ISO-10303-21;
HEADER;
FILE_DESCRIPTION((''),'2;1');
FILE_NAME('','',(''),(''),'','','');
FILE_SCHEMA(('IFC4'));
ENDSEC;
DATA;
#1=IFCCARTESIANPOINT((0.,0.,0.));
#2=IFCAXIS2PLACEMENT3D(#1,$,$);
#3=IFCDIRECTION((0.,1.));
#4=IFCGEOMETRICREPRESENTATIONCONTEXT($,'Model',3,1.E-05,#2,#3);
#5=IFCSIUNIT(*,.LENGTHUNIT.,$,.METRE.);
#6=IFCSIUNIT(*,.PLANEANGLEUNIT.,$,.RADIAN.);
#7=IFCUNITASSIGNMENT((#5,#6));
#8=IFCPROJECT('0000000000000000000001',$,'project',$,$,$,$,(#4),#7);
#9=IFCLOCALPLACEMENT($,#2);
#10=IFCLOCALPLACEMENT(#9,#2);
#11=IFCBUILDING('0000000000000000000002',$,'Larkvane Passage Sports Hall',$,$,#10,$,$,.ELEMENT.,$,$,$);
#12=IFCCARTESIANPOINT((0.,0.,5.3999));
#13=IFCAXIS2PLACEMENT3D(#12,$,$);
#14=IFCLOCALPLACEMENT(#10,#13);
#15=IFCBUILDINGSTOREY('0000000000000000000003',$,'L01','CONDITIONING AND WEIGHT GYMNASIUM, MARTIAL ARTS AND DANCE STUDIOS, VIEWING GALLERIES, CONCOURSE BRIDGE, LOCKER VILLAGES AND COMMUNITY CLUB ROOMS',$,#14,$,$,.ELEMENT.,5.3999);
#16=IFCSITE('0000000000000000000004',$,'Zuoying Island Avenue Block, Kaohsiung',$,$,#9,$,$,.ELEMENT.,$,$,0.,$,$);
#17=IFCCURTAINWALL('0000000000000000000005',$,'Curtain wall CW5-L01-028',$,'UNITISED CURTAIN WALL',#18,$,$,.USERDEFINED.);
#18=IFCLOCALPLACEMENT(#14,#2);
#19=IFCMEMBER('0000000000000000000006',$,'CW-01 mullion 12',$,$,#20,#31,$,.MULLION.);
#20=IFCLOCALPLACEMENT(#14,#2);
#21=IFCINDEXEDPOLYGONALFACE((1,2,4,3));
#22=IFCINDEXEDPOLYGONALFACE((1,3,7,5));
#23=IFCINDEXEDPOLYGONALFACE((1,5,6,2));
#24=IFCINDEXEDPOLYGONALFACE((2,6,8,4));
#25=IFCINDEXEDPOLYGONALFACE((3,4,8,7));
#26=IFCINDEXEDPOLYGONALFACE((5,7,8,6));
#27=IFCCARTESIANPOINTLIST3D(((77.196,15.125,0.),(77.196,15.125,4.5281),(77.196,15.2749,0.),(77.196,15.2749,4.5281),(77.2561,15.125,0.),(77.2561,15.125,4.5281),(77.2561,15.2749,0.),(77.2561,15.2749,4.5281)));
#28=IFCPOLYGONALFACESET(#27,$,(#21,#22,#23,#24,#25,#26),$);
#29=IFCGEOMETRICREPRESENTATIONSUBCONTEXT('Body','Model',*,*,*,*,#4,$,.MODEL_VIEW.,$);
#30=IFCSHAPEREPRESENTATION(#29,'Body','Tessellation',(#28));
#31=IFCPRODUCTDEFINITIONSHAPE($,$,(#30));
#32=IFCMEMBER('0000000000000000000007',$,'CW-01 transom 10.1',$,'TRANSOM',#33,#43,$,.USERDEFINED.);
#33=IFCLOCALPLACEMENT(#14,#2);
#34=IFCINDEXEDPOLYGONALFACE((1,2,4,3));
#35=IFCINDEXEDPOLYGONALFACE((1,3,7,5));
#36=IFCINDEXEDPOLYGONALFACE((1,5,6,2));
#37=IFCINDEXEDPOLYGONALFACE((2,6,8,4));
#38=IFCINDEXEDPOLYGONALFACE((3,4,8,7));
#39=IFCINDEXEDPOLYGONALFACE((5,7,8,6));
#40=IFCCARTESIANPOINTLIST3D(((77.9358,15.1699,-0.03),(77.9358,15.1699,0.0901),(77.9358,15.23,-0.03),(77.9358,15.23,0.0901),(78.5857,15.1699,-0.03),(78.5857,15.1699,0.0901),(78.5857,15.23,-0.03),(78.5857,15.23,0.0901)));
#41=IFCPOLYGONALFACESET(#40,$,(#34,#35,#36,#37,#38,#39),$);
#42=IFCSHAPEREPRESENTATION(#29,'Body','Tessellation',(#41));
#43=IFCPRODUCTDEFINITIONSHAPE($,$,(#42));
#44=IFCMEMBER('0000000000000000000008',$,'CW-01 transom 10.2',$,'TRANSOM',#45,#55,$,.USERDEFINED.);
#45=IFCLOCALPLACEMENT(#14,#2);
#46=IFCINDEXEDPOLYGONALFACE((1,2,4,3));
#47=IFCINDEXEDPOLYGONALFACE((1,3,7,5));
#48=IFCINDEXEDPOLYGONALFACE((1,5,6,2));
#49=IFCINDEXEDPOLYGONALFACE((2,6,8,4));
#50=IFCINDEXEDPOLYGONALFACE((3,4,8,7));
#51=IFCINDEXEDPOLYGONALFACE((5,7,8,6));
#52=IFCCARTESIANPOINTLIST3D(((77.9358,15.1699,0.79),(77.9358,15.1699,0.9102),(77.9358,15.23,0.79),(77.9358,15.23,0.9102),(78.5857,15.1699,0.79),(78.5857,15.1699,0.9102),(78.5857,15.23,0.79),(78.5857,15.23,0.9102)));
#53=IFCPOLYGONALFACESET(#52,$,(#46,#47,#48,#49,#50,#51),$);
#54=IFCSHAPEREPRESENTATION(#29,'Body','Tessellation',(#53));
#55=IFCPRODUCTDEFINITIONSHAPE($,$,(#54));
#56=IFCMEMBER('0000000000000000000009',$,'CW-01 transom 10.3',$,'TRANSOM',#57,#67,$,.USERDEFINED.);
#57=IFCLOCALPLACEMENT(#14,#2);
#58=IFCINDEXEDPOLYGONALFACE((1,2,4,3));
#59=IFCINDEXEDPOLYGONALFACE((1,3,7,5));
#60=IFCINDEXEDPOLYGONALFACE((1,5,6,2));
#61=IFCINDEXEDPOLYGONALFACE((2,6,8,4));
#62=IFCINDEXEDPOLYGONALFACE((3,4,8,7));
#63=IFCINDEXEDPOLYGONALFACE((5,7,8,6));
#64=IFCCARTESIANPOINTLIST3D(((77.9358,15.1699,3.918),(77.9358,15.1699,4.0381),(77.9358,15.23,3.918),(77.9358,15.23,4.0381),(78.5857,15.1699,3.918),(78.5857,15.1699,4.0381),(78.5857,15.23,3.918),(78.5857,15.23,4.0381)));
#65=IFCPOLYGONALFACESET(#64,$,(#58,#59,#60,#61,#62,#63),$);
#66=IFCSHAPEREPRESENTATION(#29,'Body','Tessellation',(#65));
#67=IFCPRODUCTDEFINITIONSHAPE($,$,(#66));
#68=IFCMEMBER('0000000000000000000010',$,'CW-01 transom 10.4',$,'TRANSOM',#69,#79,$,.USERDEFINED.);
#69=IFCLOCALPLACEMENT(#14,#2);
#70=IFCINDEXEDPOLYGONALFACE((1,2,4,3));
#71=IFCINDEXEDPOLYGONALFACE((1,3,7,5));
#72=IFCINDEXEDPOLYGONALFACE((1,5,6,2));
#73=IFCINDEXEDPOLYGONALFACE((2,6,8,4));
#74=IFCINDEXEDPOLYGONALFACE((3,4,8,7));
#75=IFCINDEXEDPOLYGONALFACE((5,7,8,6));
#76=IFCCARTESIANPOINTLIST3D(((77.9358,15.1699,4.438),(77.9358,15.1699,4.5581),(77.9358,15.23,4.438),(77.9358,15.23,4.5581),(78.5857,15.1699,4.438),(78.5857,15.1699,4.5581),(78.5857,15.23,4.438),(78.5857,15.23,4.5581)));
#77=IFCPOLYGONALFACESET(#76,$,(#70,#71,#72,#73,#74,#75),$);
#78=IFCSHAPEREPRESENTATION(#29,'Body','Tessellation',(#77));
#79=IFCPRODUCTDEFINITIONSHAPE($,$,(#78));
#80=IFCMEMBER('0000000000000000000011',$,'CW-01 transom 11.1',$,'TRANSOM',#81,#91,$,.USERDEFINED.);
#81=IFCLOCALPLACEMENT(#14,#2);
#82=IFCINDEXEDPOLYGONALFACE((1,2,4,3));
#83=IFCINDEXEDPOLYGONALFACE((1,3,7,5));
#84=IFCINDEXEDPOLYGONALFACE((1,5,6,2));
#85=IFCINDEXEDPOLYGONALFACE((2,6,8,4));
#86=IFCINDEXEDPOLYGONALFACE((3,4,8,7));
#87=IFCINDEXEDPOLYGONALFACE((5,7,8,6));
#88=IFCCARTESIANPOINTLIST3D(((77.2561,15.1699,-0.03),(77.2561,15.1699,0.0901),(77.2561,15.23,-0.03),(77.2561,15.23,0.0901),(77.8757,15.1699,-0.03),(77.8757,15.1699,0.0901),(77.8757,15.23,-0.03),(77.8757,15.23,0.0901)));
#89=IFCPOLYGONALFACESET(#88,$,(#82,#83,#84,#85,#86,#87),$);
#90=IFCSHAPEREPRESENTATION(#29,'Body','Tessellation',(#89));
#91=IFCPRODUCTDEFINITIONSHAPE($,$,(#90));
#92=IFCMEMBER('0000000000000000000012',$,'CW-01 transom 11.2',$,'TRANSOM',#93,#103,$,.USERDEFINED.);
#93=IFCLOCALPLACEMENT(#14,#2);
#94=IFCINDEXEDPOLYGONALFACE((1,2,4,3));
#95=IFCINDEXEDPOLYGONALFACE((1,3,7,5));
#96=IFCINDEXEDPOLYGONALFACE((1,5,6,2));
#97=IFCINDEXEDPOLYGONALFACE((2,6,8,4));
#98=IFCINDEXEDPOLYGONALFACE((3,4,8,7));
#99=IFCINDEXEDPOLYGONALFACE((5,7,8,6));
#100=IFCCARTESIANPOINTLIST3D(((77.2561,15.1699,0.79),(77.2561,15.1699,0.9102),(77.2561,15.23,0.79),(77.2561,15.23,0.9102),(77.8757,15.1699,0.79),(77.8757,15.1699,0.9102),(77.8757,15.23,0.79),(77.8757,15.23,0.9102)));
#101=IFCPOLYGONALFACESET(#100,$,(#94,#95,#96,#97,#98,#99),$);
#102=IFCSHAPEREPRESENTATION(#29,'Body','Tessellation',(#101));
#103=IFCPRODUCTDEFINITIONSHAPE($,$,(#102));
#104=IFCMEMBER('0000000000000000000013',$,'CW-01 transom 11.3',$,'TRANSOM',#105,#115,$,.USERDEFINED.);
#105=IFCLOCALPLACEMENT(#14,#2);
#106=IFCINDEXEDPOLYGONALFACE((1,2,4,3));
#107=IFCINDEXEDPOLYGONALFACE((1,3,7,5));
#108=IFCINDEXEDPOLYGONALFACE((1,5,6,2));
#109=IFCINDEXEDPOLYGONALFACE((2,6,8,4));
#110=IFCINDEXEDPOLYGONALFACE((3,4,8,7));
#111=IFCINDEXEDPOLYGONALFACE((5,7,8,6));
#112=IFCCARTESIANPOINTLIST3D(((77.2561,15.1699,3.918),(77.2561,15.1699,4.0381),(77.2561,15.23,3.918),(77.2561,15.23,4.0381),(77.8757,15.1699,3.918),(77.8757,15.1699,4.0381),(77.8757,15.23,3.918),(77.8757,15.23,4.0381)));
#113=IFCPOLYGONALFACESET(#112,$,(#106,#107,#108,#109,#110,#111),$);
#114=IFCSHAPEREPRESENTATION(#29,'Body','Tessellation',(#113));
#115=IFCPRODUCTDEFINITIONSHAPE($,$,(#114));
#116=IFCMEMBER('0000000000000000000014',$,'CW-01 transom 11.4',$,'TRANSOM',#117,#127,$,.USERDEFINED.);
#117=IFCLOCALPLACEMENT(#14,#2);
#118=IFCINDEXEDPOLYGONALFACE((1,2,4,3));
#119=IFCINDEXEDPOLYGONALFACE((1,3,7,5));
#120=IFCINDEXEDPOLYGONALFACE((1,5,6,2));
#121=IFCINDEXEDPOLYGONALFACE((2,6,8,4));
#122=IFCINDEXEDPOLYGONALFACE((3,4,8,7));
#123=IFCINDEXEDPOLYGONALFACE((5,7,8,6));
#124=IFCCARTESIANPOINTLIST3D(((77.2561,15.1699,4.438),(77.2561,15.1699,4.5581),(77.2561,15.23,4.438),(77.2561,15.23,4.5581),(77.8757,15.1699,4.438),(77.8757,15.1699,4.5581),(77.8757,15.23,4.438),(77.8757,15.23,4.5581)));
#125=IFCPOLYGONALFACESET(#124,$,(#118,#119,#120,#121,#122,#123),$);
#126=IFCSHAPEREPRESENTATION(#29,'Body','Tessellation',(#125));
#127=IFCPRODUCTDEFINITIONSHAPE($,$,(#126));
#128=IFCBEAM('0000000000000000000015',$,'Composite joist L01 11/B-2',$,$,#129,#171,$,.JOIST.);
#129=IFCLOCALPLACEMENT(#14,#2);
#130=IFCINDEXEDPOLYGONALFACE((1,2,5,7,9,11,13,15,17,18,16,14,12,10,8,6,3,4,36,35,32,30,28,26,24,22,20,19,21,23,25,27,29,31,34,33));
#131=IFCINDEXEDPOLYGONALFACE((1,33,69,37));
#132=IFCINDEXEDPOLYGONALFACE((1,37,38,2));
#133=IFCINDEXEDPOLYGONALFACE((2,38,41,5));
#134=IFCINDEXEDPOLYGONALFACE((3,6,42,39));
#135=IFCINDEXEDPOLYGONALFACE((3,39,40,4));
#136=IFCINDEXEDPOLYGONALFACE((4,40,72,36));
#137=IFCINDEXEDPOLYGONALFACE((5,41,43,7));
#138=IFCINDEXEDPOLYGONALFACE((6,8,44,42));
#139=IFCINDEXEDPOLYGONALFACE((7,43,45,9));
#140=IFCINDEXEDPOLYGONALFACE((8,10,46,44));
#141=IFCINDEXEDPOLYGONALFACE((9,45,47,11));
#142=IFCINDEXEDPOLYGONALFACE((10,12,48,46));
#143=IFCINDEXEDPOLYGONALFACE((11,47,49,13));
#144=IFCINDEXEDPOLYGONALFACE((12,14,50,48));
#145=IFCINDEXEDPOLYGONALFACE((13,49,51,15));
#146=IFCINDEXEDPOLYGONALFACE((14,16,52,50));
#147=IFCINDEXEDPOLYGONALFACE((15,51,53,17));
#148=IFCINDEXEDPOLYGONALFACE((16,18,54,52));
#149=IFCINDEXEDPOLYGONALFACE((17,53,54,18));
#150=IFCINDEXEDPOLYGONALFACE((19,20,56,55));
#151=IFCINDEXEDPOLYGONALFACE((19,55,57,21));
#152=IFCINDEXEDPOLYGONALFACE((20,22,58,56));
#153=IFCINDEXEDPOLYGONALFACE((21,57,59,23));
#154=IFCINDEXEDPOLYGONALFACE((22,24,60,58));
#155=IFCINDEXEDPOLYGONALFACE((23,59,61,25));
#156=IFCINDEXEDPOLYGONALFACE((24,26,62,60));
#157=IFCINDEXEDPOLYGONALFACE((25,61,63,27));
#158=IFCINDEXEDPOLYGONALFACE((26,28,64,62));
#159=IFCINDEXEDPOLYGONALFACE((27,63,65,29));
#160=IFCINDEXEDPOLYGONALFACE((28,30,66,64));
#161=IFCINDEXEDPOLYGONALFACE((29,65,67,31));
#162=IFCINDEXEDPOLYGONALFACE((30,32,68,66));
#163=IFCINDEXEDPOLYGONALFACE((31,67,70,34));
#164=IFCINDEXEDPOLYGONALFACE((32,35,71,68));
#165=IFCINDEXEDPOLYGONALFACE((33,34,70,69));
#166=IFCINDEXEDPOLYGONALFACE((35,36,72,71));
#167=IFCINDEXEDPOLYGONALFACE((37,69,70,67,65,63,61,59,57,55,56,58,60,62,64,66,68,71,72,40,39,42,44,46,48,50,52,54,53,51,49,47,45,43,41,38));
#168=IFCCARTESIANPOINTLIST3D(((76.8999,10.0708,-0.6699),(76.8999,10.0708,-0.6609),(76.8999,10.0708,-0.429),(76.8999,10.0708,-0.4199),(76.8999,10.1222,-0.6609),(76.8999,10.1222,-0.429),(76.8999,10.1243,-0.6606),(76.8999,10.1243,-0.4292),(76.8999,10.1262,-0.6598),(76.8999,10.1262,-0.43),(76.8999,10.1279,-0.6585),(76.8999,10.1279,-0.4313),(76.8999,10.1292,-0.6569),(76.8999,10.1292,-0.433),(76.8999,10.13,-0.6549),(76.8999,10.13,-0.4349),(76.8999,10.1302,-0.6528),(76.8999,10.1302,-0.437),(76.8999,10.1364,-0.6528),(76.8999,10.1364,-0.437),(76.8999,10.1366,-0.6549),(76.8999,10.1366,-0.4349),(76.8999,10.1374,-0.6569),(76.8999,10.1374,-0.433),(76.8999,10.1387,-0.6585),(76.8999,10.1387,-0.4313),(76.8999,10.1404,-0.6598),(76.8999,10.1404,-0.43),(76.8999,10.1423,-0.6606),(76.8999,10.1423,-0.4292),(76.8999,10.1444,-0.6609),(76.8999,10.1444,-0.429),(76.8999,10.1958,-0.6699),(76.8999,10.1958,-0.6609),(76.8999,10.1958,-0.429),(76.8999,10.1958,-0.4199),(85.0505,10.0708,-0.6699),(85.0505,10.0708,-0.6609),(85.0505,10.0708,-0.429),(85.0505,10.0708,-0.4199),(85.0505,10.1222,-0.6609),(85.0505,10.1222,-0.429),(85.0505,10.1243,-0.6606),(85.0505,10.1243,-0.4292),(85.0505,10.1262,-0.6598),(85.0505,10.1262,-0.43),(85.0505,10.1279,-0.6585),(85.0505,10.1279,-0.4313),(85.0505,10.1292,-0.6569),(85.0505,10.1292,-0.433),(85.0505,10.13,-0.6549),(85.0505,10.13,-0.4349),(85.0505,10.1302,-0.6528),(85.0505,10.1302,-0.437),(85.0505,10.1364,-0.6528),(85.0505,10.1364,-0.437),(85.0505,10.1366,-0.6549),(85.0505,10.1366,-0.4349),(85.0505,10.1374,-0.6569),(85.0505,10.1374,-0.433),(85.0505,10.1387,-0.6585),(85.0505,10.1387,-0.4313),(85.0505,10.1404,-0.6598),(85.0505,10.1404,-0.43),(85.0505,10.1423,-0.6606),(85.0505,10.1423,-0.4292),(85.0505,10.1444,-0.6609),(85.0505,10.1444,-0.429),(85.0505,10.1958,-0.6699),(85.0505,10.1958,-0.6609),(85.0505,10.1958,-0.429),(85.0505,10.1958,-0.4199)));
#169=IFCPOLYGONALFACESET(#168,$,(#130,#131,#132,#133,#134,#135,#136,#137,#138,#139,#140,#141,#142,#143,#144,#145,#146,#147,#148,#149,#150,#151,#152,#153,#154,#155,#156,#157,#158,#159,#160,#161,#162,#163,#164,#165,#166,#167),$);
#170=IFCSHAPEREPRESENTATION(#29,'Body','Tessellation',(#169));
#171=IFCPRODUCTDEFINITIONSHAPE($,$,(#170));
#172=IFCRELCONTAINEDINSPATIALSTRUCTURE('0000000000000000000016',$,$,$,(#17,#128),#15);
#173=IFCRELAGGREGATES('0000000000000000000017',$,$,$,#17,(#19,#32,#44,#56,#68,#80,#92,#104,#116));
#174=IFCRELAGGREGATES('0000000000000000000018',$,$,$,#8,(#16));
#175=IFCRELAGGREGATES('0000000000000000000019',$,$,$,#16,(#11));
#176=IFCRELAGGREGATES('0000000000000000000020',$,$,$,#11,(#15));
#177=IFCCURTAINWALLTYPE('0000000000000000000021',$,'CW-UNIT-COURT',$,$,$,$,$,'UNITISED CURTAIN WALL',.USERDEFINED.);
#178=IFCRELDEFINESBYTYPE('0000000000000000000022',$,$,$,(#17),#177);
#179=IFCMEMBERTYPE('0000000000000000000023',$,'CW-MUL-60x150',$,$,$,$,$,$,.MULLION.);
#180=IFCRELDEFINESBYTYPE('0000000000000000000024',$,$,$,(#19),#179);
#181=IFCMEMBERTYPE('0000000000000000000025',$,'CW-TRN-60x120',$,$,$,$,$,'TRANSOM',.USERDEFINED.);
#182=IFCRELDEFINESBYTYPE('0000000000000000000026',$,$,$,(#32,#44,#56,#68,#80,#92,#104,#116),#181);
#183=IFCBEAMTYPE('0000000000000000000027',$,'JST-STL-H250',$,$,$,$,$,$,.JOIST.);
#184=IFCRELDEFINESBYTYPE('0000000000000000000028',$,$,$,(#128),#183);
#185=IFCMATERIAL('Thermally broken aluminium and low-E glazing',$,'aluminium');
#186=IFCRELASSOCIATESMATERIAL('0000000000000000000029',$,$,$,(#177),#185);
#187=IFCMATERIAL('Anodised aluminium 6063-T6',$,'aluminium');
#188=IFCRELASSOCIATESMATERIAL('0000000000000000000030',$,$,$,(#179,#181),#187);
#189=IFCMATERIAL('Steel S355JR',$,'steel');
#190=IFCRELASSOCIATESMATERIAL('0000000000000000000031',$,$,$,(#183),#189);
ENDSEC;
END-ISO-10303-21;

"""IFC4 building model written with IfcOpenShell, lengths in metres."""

from ifc_helpers import new_model, si_unit, direction, frame, origin, origin_2d, place, context, subcontext, project, spatial, rectangle, i_section, extrude, material, material_profile, profile_set, type_object, element, aggregate, save


model = new_model("IFC4")

# Units and contexts
model_context = context("Model", 3, precision=1e-05, world=origin(), true_north=direction((0.0, 1.0)))
body_context = subcontext(model_context, "Body", "Model", "MODEL_VIEW")
ifc_project = project(units=[si_unit("LENGTHUNIT", "METRE"), si_unit("PLANEANGLEUNIT", "RADIAN")], contexts=[model_context])

# Site, building, storey
site_placement = place(None, origin())
site = spatial("IfcSite", under=ifc_project, at=site_placement, Name="Zuoying Island Avenue Block, Kaohsiung", CompositionType="ELEMENT", RefElevation=0.0)
building_placement = place(site_placement, origin())
building = spatial("IfcBuilding", under=site, at=building_placement, Name="Larkvane Passage Sports Hall", CompositionType="ELEMENT")
storey_placement = place(building_placement, frame((0.0, 0.0, 5.3999)))
storey = spatial("IfcBuildingStorey", under=building, at=storey_placement, Name="L01", Description="CONDITIONING AND WEIGHT GYMNASIUM, MARTIAL ARTS AND DANCE STUDIOS, VIEWING GALLERIES, CONCOURSE BRIDGE, LOCKER VILLAGES AND COMMUNITY CLUB ROOMS", CompositionType="ELEMENT", Elevation=5.3999)

# Curtain wall, members
ifc_material_1 = material(Name="Thermally broken aluminium and low-E glazing", Category="aluminium")
curtain_wall_type = type_object("IfcCurtainWallType", Name="CW-UNIT-COURT", ElementType="UNITISED CURTAIN WALL", PredefinedType="USERDEFINED", material=ifc_material_1)
curtain_wall_placement = place(storey_placement, origin())
curtain_wall = element("IfcCurtainWall", 1, at=curtain_wall_placement, inside=storey, type_object=curtain_wall_type, Name="Curtain wall CW5-L01-028", ObjectType="UNITISED CURTAIN WALL", PredefinedType="USERDEFINED")
ifc_material_2 = material(Name="Anodised aluminium 6063-T6", Category="aluminium")
ifc_material_profile_1 = material_profile(ifc_material_2, rectangle(XDim=0.0601, YDim=0.1499, at=origin_2d()), Name="ALU-MUL-60x150")
ifc_profile_set_1 = profile_set([ifc_material_profile_1], Name="Anodised aluminium 6063-T6")
member_type_1 = type_object("IfcMemberType", Name="CW-MUL-60x150", PredefinedType="MULLION", material=ifc_profile_set_1)
member_1_placement = place(storey_placement, frame((77.2261, 15.2, 0.0), z_axis=(0.0, 0.0, 1.0), x_axis=(-1.0, 0.0, 0.0)))
member_1 = element("IfcMember", 2, at=member_1_placement, type_object=member_type_1, Name="CW-01 mullion 12", PredefinedType="MULLION", context=body_context, shape_type="SweptSolid", body=[
    extrude(rectangle(XDim=0.0601, YDim=0.1499, at=origin_2d()), origin(), (0.0, 0.0, 1.0), 4.5281),
])
ifc_material_profile_2 = material_profile(ifc_material_2, rectangle(XDim=0.0601, YDim=0.1201, at=origin_2d()), Name="ALU-TRN-60x120")
ifc_profile_set_2 = profile_set([ifc_material_profile_2], Name="Anodised aluminium 6063-T6")
member_type_2 = type_object("IfcMemberType", Name="CW-TRN-60x120", ElementType="TRANSOM", PredefinedType="USERDEFINED", material=ifc_profile_set_2)
member_2_placement = place(storey_placement, frame((78.5857, 15.2, 0.03), z_axis=(-1.0, 0.0, 0.0), x_axis=(0.0, -1.0, 0.0)))
member_2 = element("IfcMember", 3, at=member_2_placement, type_object=member_type_2, Name="CW-01 transom 10.1", ObjectType="TRANSOM", PredefinedType="USERDEFINED", context=body_context, shape_type="SweptSolid", body=[
    extrude(rectangle(XDim=0.0601, YDim=0.1201, at=origin_2d()), origin(), (0.0, 0.0, 1.0), 0.6499),
])
member_3_placement = place(storey_placement, frame((78.5857, 15.2, 0.8501), z_axis=(-1.0, 0.0, 0.0), x_axis=(0.0, -1.0, 0.0)))
member_3 = element("IfcMember", 4, at=member_3_placement, type_object=member_type_2, Name="CW-01 transom 10.2", ObjectType="TRANSOM", PredefinedType="USERDEFINED", context=body_context, shape_type="SweptSolid", body=[
    extrude(rectangle(XDim=0.0601, YDim=0.1201, at=origin_2d()), origin(), (0.0, 0.0, 1.0), 0.6499),
])
member_4_placement = place(storey_placement, frame((78.5857, 15.2, 3.978), z_axis=(-1.0, 0.0, 0.0), x_axis=(0.0, -1.0, 0.0)))
member_4 = element("IfcMember", 5, at=member_4_placement, type_object=member_type_2, Name="CW-01 transom 10.3", ObjectType="TRANSOM", PredefinedType="USERDEFINED", context=body_context, shape_type="SweptSolid", body=[
    extrude(rectangle(XDim=0.0601, YDim=0.1201, at=origin_2d()), origin(), (0.0, 0.0, 1.0), 0.6499),
])
member_5_placement = place(storey_placement, frame((78.5857, 15.2, 4.498), z_axis=(-1.0, 0.0, 0.0), x_axis=(0.0, -1.0, 0.0)))
member_5 = element("IfcMember", 6, at=member_5_placement, type_object=member_type_2, Name="CW-01 transom 10.4", ObjectType="TRANSOM", PredefinedType="USERDEFINED", context=body_context, shape_type="SweptSolid", body=[
    extrude(rectangle(XDim=0.0601, YDim=0.1201, at=origin_2d()), origin(), (0.0, 0.0, 1.0), 0.6499),
])
member_6_placement = place(storey_placement, frame((77.8757, 15.2, 0.03), z_axis=(-1.0, 0.0, 0.0), x_axis=(0.0, -1.0, 0.0)))
member_6 = element("IfcMember", 7, at=member_6_placement, type_object=member_type_2, Name="CW-01 transom 11.1", ObjectType="TRANSOM", PredefinedType="USERDEFINED", context=body_context, shape_type="SweptSolid", body=[
    extrude(rectangle(XDim=0.0601, YDim=0.1201, at=origin_2d()), origin(), (0.0, 0.0, 1.0), 0.6196),
])
member_7_placement = place(storey_placement, frame((77.8757, 15.2, 0.8501), z_axis=(-1.0, 0.0, 0.0), x_axis=(0.0, -1.0, 0.0)))
member_7 = element("IfcMember", 8, at=member_7_placement, type_object=member_type_2, Name="CW-01 transom 11.2", ObjectType="TRANSOM", PredefinedType="USERDEFINED", context=body_context, shape_type="SweptSolid", body=[
    extrude(rectangle(XDim=0.0601, YDim=0.1201, at=origin_2d()), origin(), (0.0, 0.0, 1.0), 0.6196),
])
member_8_placement = place(storey_placement, frame((77.8757, 15.2, 3.978), z_axis=(-1.0, 0.0, 0.0), x_axis=(0.0, -1.0, 0.0)))
member_8 = element("IfcMember", 9, at=member_8_placement, type_object=member_type_2, Name="CW-01 transom 11.3", ObjectType="TRANSOM", PredefinedType="USERDEFINED", context=body_context, shape_type="SweptSolid", body=[
    extrude(rectangle(XDim=0.0601, YDim=0.1201, at=origin_2d()), origin(), (0.0, 0.0, 1.0), 0.6196),
])
member_9_placement = place(storey_placement, frame((77.8757, 15.2, 4.498), z_axis=(-1.0, 0.0, 0.0), x_axis=(0.0, -1.0, 0.0)))
member_9 = element("IfcMember", 10, at=member_9_placement, type_object=member_type_2, Name="CW-01 transom 11.4", ObjectType="TRANSOM", PredefinedType="USERDEFINED", context=body_context, shape_type="SweptSolid", body=[
    extrude(rectangle(XDim=0.0601, YDim=0.1201, at=origin_2d()), origin(), (0.0, 0.0, 1.0), 0.6196),
])

# Beam
ifc_material_3 = material(Name="Steel S355JR", Category="steel")
ifc_material_profile_3 = material_profile(ifc_material_3, i_section(OverallWidth=0.125, OverallDepth=0.25, WebThickness=0.0061, FlangeThickness=0.009, FilletRadius=0.0081, at=origin_2d()), Name="H-250x125x6x9")
ifc_profile_set_3 = profile_set([ifc_material_profile_3], Name="Steel S355JR")
beam_type_1 = type_object("IfcBeamType", Name="JST-STL-H250", PredefinedType="JOIST", material=ifc_profile_set_3)
beam_1_placement = place(storey_placement, frame((76.8999, 10.1333, -0.5449), z_axis=(1.0, 0.0, 0.0), x_axis=(0.0, 1.0, 0.0)))
element("IfcBeam", 11, at=beam_1_placement, inside=storey, type_object=beam_type_1, Name="Composite joist L01 11/B-2", PredefinedType="JOIST", context=body_context, shape_type="SweptSolid", body=[
    extrude(i_section(OverallWidth=0.125, OverallDepth=0.25, WebThickness=0.0061, FlangeThickness=0.009, FilletRadius=0.0081, at=origin_2d()), origin(), (0.0, 0.0, 1.0), 8.1506),
])

aggregate(curtain_wall, [member_1, member_2, member_3, member_4, member_5, member_6, member_7, member_8, member_9])

save(model, "model.ifc")
